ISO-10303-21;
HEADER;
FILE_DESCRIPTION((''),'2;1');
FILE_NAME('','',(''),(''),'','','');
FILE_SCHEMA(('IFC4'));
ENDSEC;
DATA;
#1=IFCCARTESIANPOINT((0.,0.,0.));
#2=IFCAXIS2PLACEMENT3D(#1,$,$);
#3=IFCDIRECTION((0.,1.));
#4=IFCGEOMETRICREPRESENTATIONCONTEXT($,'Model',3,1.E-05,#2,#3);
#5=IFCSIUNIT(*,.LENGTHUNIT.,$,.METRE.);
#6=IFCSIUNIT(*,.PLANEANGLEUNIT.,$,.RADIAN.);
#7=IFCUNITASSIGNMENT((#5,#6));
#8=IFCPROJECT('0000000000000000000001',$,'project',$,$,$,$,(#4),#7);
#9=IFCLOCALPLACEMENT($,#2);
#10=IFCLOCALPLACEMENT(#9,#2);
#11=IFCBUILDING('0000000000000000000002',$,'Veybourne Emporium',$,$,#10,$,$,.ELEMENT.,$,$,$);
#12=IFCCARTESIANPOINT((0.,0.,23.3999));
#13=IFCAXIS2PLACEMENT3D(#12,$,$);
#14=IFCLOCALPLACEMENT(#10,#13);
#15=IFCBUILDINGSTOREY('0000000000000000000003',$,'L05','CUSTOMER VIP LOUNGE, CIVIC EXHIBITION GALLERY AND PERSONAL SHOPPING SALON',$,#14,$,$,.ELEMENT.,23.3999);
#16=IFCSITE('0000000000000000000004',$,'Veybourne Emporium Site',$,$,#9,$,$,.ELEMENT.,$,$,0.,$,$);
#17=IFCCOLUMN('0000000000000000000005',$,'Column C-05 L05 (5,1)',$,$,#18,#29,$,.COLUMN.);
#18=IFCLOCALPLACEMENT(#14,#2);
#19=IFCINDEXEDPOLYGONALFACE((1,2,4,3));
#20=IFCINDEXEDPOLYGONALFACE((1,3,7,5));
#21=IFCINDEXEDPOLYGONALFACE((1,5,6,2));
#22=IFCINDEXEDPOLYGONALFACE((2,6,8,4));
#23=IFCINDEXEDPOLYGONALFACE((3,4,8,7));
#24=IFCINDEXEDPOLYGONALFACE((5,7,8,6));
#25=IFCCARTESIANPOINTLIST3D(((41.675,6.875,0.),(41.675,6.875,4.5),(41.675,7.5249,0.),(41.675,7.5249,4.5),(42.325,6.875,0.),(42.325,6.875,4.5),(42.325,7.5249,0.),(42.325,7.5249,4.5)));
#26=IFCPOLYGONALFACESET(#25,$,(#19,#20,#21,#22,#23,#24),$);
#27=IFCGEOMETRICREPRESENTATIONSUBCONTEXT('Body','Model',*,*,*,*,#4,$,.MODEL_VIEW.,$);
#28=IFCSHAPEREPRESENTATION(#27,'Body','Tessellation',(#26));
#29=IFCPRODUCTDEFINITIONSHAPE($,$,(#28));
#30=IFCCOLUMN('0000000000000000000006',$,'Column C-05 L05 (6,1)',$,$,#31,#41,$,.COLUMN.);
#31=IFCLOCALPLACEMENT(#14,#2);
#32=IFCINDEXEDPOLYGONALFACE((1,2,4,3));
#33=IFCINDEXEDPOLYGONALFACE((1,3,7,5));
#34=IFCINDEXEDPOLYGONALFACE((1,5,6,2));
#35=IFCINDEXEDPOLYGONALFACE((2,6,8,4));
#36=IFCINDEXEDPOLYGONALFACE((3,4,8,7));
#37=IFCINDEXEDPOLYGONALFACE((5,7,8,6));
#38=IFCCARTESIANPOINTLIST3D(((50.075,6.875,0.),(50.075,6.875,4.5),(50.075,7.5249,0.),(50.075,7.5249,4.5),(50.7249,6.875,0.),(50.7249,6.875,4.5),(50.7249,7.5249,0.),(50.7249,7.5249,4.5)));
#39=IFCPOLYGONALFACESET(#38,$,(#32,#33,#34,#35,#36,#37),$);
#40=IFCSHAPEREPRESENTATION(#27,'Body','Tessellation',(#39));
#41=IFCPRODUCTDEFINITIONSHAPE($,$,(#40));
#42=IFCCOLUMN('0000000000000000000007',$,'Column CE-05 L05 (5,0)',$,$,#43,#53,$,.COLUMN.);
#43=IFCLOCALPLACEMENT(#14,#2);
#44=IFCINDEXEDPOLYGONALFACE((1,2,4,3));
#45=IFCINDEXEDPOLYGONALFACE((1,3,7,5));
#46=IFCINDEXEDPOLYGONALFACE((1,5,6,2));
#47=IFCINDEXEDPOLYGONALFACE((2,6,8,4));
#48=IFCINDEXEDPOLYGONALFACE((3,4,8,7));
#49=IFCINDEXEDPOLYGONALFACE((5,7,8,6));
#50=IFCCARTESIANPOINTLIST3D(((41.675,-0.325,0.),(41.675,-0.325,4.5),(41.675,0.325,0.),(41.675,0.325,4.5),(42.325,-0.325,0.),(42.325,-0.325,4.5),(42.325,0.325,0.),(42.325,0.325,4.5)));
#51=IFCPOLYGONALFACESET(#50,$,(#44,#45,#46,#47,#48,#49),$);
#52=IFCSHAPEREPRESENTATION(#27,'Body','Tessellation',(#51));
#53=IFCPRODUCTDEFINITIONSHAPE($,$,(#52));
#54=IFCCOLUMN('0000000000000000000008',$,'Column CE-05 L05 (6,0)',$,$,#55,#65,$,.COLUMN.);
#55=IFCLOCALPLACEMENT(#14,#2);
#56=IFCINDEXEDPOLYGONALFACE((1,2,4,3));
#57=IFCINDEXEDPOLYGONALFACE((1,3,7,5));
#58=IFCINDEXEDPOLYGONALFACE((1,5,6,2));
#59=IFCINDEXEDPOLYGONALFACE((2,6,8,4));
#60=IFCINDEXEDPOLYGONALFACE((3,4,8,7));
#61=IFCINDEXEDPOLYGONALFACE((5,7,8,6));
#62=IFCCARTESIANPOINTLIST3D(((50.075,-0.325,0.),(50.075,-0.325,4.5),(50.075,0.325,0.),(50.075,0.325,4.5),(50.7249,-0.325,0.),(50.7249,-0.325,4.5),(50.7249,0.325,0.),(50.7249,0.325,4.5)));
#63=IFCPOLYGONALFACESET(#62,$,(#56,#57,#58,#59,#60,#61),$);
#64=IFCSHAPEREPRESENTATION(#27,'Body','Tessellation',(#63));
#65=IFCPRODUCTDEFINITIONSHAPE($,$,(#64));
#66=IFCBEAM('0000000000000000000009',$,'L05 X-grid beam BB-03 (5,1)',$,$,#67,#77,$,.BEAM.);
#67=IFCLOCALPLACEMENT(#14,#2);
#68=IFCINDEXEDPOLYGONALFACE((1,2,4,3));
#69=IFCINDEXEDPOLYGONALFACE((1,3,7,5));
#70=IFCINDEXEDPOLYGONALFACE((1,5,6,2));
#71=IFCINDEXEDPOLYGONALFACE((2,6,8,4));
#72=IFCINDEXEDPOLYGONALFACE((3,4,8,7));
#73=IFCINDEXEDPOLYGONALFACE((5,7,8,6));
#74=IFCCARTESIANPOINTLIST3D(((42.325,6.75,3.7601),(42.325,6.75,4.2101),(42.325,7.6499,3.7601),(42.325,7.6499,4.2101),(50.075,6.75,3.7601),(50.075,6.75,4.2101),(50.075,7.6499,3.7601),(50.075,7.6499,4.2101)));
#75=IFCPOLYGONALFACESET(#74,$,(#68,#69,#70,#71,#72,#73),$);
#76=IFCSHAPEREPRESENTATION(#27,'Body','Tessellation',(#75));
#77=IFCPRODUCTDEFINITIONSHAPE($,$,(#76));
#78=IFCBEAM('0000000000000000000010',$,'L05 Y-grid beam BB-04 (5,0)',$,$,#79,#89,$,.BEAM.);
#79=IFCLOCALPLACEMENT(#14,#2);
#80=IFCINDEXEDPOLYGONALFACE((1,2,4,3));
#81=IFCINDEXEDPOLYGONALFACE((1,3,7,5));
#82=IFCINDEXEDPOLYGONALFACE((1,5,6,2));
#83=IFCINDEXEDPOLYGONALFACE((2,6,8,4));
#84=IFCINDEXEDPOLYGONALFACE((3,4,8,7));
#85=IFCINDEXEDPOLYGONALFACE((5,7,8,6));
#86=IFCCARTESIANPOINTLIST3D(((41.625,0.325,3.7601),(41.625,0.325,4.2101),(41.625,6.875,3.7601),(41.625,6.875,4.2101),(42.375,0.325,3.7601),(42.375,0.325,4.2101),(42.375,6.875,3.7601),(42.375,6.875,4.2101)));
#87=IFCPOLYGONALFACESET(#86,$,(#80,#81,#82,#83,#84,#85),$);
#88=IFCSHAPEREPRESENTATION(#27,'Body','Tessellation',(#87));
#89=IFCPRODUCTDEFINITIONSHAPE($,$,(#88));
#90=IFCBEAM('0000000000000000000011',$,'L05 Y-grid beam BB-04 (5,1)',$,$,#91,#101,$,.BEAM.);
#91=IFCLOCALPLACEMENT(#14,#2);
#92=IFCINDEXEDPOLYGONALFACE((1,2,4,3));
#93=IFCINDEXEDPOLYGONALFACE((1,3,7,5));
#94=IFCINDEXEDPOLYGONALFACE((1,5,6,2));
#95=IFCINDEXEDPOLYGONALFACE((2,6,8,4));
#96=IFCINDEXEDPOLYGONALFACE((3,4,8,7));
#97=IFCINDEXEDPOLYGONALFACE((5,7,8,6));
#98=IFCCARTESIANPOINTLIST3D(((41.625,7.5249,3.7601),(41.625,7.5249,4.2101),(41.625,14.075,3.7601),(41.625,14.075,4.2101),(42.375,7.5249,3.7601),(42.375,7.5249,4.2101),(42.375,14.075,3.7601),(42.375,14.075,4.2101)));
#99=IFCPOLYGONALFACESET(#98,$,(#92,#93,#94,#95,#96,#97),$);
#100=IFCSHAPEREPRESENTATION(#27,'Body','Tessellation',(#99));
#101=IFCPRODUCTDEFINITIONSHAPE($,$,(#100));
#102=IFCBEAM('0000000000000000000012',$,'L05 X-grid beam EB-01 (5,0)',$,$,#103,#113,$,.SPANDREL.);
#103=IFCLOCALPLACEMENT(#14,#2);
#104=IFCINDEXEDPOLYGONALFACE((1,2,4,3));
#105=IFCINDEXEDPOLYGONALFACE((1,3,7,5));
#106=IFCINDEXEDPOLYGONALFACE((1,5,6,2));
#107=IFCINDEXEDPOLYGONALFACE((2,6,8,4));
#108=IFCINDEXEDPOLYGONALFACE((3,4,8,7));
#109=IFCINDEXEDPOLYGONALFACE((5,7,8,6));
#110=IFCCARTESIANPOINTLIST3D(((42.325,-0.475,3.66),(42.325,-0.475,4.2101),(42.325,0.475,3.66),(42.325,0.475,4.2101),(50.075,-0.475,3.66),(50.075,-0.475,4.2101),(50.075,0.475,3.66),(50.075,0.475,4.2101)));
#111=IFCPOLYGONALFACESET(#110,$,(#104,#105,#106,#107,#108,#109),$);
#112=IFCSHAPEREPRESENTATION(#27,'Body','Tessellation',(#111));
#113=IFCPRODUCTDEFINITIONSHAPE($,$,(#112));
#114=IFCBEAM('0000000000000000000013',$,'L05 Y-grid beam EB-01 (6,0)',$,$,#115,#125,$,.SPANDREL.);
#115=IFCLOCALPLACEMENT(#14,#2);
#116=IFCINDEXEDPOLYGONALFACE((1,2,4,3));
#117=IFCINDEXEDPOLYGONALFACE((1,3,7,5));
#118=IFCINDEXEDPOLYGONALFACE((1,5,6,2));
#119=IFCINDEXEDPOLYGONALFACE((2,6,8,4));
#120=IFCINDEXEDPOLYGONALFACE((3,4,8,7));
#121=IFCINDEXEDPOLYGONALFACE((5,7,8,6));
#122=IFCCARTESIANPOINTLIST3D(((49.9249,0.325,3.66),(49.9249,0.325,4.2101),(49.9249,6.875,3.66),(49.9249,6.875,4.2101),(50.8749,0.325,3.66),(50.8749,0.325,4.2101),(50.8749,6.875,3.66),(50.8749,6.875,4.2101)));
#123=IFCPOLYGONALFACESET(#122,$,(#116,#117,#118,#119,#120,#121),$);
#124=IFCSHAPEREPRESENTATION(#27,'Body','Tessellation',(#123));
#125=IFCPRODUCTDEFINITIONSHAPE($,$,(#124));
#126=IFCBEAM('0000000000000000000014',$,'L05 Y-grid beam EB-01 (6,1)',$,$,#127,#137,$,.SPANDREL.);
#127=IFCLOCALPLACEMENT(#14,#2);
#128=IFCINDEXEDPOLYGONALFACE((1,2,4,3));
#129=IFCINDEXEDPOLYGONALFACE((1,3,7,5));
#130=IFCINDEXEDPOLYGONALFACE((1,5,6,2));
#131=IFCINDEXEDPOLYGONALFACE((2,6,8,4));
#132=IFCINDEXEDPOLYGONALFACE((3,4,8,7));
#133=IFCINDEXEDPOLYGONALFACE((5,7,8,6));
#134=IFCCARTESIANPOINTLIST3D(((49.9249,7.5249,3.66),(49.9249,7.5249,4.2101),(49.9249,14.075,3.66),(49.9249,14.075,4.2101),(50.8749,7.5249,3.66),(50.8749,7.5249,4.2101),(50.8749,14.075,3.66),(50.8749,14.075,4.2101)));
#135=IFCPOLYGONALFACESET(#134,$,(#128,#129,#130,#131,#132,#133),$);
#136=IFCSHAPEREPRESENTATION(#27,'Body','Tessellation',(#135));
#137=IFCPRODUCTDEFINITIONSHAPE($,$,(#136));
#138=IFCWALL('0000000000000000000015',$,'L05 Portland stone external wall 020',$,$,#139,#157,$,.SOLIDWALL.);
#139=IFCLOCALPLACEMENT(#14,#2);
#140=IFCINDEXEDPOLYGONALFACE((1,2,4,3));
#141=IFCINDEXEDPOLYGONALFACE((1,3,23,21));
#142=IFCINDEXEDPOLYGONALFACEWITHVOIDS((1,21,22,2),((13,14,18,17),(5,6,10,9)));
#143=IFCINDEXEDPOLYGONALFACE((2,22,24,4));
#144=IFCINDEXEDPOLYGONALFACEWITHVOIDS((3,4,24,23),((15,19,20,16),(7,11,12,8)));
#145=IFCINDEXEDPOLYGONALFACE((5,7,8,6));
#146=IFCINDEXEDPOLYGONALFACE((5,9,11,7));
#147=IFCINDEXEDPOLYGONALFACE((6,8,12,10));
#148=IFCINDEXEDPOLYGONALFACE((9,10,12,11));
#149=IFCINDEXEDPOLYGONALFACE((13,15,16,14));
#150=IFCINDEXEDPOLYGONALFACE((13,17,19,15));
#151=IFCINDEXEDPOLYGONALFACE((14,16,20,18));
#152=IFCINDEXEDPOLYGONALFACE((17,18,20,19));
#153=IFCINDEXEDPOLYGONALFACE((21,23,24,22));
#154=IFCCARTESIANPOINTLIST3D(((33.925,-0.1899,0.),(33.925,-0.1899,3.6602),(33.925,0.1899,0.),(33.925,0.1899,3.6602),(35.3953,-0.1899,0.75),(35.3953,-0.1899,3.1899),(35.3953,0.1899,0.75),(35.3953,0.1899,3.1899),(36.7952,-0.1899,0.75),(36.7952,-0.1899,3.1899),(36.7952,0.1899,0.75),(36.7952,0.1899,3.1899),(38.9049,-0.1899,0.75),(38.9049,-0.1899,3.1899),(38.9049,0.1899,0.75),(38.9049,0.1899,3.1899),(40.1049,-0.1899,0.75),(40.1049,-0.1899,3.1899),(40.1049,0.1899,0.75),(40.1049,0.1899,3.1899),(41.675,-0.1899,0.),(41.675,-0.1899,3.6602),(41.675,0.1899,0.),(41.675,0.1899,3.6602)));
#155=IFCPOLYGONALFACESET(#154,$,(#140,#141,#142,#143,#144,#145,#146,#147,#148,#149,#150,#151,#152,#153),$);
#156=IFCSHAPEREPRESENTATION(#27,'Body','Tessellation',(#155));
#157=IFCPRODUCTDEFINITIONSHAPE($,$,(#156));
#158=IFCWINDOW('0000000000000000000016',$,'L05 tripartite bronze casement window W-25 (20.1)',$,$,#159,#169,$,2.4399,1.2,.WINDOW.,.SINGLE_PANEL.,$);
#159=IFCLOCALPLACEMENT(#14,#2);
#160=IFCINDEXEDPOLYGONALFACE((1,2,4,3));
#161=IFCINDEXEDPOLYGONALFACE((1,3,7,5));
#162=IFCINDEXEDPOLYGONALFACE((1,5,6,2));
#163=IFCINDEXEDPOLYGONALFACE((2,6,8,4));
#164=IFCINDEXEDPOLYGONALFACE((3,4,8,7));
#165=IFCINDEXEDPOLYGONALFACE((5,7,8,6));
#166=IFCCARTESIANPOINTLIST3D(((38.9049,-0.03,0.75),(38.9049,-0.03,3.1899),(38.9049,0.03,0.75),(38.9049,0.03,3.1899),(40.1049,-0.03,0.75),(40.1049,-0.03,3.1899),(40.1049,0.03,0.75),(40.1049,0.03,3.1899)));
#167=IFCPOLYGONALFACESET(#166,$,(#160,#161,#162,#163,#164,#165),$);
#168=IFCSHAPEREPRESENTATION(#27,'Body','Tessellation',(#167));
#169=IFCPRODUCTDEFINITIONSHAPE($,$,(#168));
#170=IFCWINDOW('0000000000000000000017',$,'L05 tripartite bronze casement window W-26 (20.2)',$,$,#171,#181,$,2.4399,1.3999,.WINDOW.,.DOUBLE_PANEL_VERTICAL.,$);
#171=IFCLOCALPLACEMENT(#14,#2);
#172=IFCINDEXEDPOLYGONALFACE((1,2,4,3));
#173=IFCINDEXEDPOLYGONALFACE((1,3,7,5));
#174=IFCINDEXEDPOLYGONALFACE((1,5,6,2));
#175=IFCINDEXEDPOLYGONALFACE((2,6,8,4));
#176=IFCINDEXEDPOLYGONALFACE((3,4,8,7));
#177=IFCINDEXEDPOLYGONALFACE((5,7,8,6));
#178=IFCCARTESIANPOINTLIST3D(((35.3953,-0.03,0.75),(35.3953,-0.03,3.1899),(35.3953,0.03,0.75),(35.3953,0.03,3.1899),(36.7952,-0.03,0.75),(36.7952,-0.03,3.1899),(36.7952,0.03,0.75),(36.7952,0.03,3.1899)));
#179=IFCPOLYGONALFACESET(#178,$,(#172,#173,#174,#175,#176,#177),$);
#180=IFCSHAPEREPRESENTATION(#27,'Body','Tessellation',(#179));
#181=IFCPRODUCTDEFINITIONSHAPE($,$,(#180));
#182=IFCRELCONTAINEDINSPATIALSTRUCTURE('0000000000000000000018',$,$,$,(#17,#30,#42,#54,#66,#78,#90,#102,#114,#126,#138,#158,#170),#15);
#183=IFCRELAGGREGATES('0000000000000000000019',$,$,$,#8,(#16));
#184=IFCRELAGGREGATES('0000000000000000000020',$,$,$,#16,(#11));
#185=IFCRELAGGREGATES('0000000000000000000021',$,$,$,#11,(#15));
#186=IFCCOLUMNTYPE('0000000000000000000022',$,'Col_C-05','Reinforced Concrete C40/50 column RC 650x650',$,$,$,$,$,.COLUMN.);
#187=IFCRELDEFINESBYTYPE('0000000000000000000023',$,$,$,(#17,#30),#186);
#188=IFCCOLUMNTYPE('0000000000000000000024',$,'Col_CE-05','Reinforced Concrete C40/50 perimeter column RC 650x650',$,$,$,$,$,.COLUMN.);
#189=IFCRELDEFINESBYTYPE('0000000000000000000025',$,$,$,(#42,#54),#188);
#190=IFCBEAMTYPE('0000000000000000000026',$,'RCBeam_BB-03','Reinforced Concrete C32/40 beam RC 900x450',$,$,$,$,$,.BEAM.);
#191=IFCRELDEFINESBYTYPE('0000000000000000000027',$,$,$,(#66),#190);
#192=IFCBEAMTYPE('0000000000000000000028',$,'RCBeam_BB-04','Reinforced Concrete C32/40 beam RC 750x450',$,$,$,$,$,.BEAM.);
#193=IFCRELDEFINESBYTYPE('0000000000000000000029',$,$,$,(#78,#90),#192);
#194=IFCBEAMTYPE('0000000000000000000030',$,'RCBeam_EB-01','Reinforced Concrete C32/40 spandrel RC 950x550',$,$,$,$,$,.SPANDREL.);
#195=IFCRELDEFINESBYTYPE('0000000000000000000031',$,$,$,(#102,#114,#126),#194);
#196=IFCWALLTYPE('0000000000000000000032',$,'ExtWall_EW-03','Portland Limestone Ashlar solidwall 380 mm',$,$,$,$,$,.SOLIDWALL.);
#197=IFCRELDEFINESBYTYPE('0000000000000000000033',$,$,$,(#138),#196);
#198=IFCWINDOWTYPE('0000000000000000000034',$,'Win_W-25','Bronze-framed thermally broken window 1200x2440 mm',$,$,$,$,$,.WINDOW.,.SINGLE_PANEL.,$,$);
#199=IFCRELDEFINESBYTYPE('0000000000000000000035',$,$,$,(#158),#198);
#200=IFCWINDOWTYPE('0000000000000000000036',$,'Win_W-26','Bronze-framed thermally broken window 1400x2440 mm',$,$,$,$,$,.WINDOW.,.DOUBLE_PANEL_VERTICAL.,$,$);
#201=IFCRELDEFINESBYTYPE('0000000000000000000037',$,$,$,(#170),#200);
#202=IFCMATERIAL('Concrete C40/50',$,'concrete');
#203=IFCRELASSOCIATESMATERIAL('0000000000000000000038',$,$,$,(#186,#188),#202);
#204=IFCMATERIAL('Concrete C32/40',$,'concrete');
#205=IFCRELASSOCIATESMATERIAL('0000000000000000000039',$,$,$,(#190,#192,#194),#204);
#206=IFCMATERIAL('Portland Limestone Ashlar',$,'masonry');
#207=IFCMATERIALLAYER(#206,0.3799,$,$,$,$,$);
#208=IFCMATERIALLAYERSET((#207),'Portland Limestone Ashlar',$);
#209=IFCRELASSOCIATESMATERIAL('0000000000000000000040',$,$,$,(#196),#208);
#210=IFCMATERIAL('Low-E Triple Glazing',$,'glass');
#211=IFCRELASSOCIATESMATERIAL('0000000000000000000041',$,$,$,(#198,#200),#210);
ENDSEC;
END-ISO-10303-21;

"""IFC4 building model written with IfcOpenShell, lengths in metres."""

from ifc_helpers import new_model, si_unit, direction, frame, frame_2d, origin, origin_2d, place, context, subcontext, project, spatial, rectangle, extrude, material, layer, layer_set, material_profile, profile_set, type_object, element, fill, save


model = new_model("IFC4")

# Units and contexts
model_context = context("Model", 3, precision=1e-05, world=origin(), true_north=direction((0.0, 1.0)))
body_context = subcontext(model_context, "Body", "Model", "MODEL_VIEW")
ifc_project = project(units=[si_unit("LENGTHUNIT", "METRE"), si_unit("PLANEANGLEUNIT", "RADIAN")], contexts=[model_context])

# Site, building, storey
site_placement = place(None, origin())
site = spatial("IfcSite", under=ifc_project, at=site_placement, Name="Veybourne Emporium Site", CompositionType="ELEMENT", RefElevation=0.0)
building_placement = place(site_placement, origin())
building = spatial("IfcBuilding", under=site, at=building_placement, Name="Veybourne Emporium", CompositionType="ELEMENT")
storey_placement = place(building_placement, frame((0.0, 0.0, 23.3999)))
storey = spatial("IfcBuildingStorey", under=building, at=storey_placement, Name="L05", Description="CUSTOMER VIP LOUNGE, CIVIC EXHIBITION GALLERY AND PERSONAL SHOPPING SALON", CompositionType="ELEMENT", Elevation=23.3999)

# Columns
ifc_material_1 = material(Name="Concrete C40/50", Category="concrete")
ifc_material_profile_1 = material_profile(ifc_material_1, rectangle(XDim=0.6499, YDim=0.6499, at=origin_2d()), Name="RC 650x650")
ifc_profile_set_1 = profile_set([ifc_material_profile_1], Name="Concrete C40/50")
column_type_1 = type_object("IfcColumnType", Name="Col_C-05", Description="Reinforced Concrete C40/50 column RC 650x650", PredefinedType="COLUMN", material=ifc_profile_set_1)
for number, where, z_axis, x_axis, name in (
    (1, (42.0, 7.2, 0.0), (0.0, 0.0, 1.0), (1.0, 0.0, 0.0), "Column C-05 L05 (5,1)"),
    (2, (50.3999, 7.2, 0.0), (0.0, 0.0, 1.0), (1.0, 0.0, 0.0), "Column C-05 L05 (6,1)"),
):
    element("IfcColumn", number, at=place(storey_placement, frame(where, z_axis=z_axis, x_axis=x_axis)), inside=storey, type_object=column_type_1, Name=name, PredefinedType="COLUMN", context=body_context, shape_type="SweptSolid", body=[
        extrude(rectangle(XDim=0.6499, YDim=0.6499, at=origin_2d()), origin(), (0.0, 0.0, 1.0), 4.5),
    ])
ifc_material_profile_2 = material_profile(ifc_material_1, rectangle(XDim=0.6499, YDim=0.6499, at=origin_2d()), Name="RC 650x650")
ifc_profile_set_2 = profile_set([ifc_material_profile_2], Name="Concrete C40/50")
column_type_2 = type_object("IfcColumnType", Name="Col_CE-05", Description="Reinforced Concrete C40/50 perimeter column RC 650x650", PredefinedType="COLUMN", material=ifc_profile_set_2)
for number, where, z_axis, x_axis, name in (
    (3, (42.0, 0.0, 0.0), (0.0, 0.0, 1.0), (1.0, 0.0, 0.0), "Column CE-05 L05 (5,0)"),
    (4, (50.3999, 0.0, 0.0), (0.0, 0.0, 1.0), (1.0, 0.0, 0.0), "Column CE-05 L05 (6,0)"),
):
    element("IfcColumn", number, at=place(storey_placement, frame(where, z_axis=z_axis, x_axis=x_axis)), inside=storey, type_object=column_type_2, Name=name, PredefinedType="COLUMN", context=body_context, shape_type="SweptSolid", body=[
        extrude(rectangle(XDim=0.6499, YDim=0.6499, at=origin_2d()), origin(), (0.0, 0.0, 1.0), 4.5),
    ])

# Beams
ifc_material_2 = material(Name="Concrete C32/40", Category="concrete")
ifc_material_profile_3 = material_profile(ifc_material_2, rectangle(XDim=0.8999, YDim=0.45, at=origin_2d()), Name="RC 900x450")
ifc_profile_set_3 = profile_set([ifc_material_profile_3], Name="Concrete C32/40")
beam_type_1 = type_object("IfcBeamType", Name="RCBeam_BB-03", Description="Reinforced Concrete C32/40 beam RC 900x450", PredefinedType="BEAM", material=ifc_profile_set_3)
beam_1_placement = place(storey_placement, frame((42.325, 7.2, 3.9851), z_axis=(1.0, 0.0, 0.0), x_axis=(0.0, 1.0, 0.0)))
element("IfcBeam", 5, at=beam_1_placement, inside=storey, type_object=beam_type_1, Name="L05 X-grid beam BB-03 (5,1)", PredefinedType="BEAM", context=body_context, shape_type="SweptSolid", body=[
    extrude(rectangle(XDim=0.8999, YDim=0.45, at=origin_2d()), origin(), (0.0, 0.0, 1.0), 7.75),
])
ifc_material_profile_4 = material_profile(ifc_material_2, rectangle(XDim=0.75, YDim=0.45, at=origin_2d()), Name="RC 750x450")
ifc_profile_set_4 = profile_set([ifc_material_profile_4], Name="Concrete C32/40")
beam_type_2 = type_object("IfcBeamType", Name="RCBeam_BB-04", Description="Reinforced Concrete C32/40 beam RC 750x450", PredefinedType="BEAM", material=ifc_profile_set_4)
for number, where, z_axis, x_axis, name in (
    (6, (42.0, 0.325, 3.9851), (0.0, 1.0, 0.0), (-1.0, 0.0, 0.0), "L05 Y-grid beam BB-04 (5,0)"),
    (7, (42.0, 7.5249, 3.9851), (0.0, 1.0, 0.0), (-1.0, 0.0, 0.0), "L05 Y-grid beam BB-04 (5,1)"),
):
    element("IfcBeam", number, at=place(storey_placement, frame(where, z_axis=z_axis, x_axis=x_axis)), inside=storey, type_object=beam_type_2, Name=name, PredefinedType="BEAM", context=body_context, shape_type="SweptSolid", body=[
        extrude(rectangle(XDim=0.75, YDim=0.45, at=origin_2d()), origin(), (0.0, 0.0, 1.0), 6.55),
    ])
ifc_material_profile_5 = material_profile(ifc_material_2, rectangle(XDim=0.95, YDim=0.55, at=origin_2d()), Name="RC 950x550")
ifc_profile_set_5 = profile_set([ifc_material_profile_5], Name="Concrete C32/40")
beam_type_3 = type_object("IfcBeamType", Name="RCBeam_EB-01", Description="Reinforced Concrete C32/40 spandrel RC 950x550", PredefinedType="SPANDREL", material=ifc_profile_set_5)
beam_2_placement = place(storey_placement, frame((42.325, 0.0, 3.9351), z_axis=(1.0, 0.0, 0.0), x_axis=(0.0, 1.0, 0.0)))
element("IfcBeam", 8, at=beam_2_placement, inside=storey, type_object=beam_type_3, Name="L05 X-grid beam EB-01 (5,0)", PredefinedType="SPANDREL", context=body_context, shape_type="SweptSolid", body=[
    extrude(rectangle(XDim=0.95, YDim=0.55, at=origin_2d()), origin(), (0.0, 0.0, 1.0), 7.75),
])
for number, where, z_axis, x_axis, name in (
    (9, (50.3999, 0.325, 3.9351), (0.0, 1.0, 0.0), (-1.0, 0.0, 0.0), "L05 Y-grid beam EB-01 (6,0)"),
    (10, (50.3999, 7.5249, 3.9351), (0.0, 1.0, 0.0), (-1.0, 0.0, 0.0), "L05 Y-grid beam EB-01 (6,1)"),
):
    element("IfcBeam", number, at=place(storey_placement, frame(where, z_axis=z_axis, x_axis=x_axis)), inside=storey, type_object=beam_type_3, Name=name, PredefinedType="SPANDREL", context=body_context, shape_type="SweptSolid", body=[
        extrude(rectangle(XDim=0.95, YDim=0.55, at=origin_2d()), origin(), (0.0, 0.0, 1.0), 6.55),
    ])

# Wall, openings, windows
ifc_material_3 = material(Name="Portland Limestone Ashlar", Category="masonry")
ifc_layer_1 = layer(ifc_material_3, 0.3799)
ifc_layer_set_1 = layer_set([ifc_layer_1], Name="Portland Limestone Ashlar")
wall_type = type_object("IfcWallType", Name="ExtWall_EW-03", Description="Portland Limestone Ashlar solidwall 380 mm", PredefinedType="SOLIDWALL", material=ifc_layer_set_1)
wall_1_placement = place(storey_placement, frame((41.675, 0.0, 0.0), z_axis=(0.0, 0.0, 1.0), x_axis=(-1.0, 0.0, 0.0)))
wall_1 = element("IfcWall", 11, at=wall_1_placement, inside=storey, type_object=wall_type, Name="L05 Portland stone external wall 020", PredefinedType="SOLIDWALL", context=body_context, shape_type="SweptSolid", body=[
    extrude(rectangle(XDim=7.75, YDim=0.3799, at=frame_2d((3.875, 0.0))), origin(), (0.0, 0.0, 1.0), 3.6602),
])
opening_1_placement = place(wall_1_placement, frame((1.5701, 0.0, 0.75)))
opening_1 = element("IfcOpeningElement", 12, at=opening_1_placement, cuts=wall_1, PredefinedType="OPENING", context=body_context, shape_type="SweptSolid", body=[
    extrude(rectangle(XDim=1.2, YDim=2.4399, at=frame_2d((0.6001, 1.22))), frame((0.0, 0.21, 0.0), z_axis=(0.0, -1.0, 0.0), x_axis=(1.0, 0.0, 0.0)), (0.0, 0.0, 1.0), 0.4199),
])
opening_2_placement = place(wall_1_placement, frame((4.8799, 0.0, 0.75)))
opening_2 = element("IfcOpeningElement", 13, at=opening_2_placement, cuts=wall_1, PredefinedType="OPENING", context=body_context, shape_type="SweptSolid", body=[
    extrude(rectangle(XDim=1.3999, YDim=2.4399, at=frame_2d((0.7, 1.22))), frame((0.0, 0.21, 0.0), z_axis=(0.0, -1.0, 0.0), x_axis=(1.0, 0.0, 0.0)), (0.0, 0.0, 1.0), 0.4199),
])
ifc_material_4 = material(Name="Low-E Triple Glazing", Category="glass")
window_type_1 = type_object("IfcWindowType", Name="Win_W-25", Description="Bronze-framed thermally broken window 1200x2440 mm", PartitioningType="SINGLE_PANEL", PredefinedType="WINDOW", material=ifc_material_4)
window_1_placement = place(opening_1_placement, origin())
window_1 = element("IfcWindow", 14, at=window_1_placement, inside=storey, type_object=window_type_1, Name="L05 tripartite bronze casement window W-25 (20.1)", OverallHeight=2.4399, OverallWidth=1.2, PartitioningType="SINGLE_PANEL", PredefinedType="WINDOW", context=body_context, shape_type="SweptSolid", body=[
    extrude(rectangle(XDim=1.2, YDim=2.4399, at=frame_2d((0.6001, 1.22))), frame((0.0, 0.03, 0.0), z_axis=(0.0, -1.0, 0.0), x_axis=(1.0, 0.0, 0.0)), (0.0, 0.0, 1.0), 0.0601),
])
fill(opening_1, window_1)
window_type_2 = type_object("IfcWindowType", Name="Win_W-26", Description="Bronze-framed thermally broken window 1400x2440 mm", PartitioningType="DOUBLE_PANEL_VERTICAL", PredefinedType="WINDOW", material=ifc_material_4)
window_2_placement = place(opening_2_placement, origin())
window_2 = element("IfcWindow", 15, at=window_2_placement, inside=storey, type_object=window_type_2, Name="L05 tripartite bronze casement window W-26 (20.2)", OverallHeight=2.4399, OverallWidth=1.3999, PartitioningType="DOUBLE_PANEL_VERTICAL", PredefinedType="WINDOW", context=body_context, shape_type="SweptSolid", body=[
    extrude(rectangle(XDim=1.3999, YDim=2.4399, at=frame_2d((0.7, 1.22))), frame((0.0, 0.03, 0.0), z_axis=(0.0, -1.0, 0.0), x_axis=(1.0, 0.0, 0.0)), (0.0, 0.0, 1.0), 0.0601),
])
fill(opening_2, window_2)

save(model, "model.ifc")
